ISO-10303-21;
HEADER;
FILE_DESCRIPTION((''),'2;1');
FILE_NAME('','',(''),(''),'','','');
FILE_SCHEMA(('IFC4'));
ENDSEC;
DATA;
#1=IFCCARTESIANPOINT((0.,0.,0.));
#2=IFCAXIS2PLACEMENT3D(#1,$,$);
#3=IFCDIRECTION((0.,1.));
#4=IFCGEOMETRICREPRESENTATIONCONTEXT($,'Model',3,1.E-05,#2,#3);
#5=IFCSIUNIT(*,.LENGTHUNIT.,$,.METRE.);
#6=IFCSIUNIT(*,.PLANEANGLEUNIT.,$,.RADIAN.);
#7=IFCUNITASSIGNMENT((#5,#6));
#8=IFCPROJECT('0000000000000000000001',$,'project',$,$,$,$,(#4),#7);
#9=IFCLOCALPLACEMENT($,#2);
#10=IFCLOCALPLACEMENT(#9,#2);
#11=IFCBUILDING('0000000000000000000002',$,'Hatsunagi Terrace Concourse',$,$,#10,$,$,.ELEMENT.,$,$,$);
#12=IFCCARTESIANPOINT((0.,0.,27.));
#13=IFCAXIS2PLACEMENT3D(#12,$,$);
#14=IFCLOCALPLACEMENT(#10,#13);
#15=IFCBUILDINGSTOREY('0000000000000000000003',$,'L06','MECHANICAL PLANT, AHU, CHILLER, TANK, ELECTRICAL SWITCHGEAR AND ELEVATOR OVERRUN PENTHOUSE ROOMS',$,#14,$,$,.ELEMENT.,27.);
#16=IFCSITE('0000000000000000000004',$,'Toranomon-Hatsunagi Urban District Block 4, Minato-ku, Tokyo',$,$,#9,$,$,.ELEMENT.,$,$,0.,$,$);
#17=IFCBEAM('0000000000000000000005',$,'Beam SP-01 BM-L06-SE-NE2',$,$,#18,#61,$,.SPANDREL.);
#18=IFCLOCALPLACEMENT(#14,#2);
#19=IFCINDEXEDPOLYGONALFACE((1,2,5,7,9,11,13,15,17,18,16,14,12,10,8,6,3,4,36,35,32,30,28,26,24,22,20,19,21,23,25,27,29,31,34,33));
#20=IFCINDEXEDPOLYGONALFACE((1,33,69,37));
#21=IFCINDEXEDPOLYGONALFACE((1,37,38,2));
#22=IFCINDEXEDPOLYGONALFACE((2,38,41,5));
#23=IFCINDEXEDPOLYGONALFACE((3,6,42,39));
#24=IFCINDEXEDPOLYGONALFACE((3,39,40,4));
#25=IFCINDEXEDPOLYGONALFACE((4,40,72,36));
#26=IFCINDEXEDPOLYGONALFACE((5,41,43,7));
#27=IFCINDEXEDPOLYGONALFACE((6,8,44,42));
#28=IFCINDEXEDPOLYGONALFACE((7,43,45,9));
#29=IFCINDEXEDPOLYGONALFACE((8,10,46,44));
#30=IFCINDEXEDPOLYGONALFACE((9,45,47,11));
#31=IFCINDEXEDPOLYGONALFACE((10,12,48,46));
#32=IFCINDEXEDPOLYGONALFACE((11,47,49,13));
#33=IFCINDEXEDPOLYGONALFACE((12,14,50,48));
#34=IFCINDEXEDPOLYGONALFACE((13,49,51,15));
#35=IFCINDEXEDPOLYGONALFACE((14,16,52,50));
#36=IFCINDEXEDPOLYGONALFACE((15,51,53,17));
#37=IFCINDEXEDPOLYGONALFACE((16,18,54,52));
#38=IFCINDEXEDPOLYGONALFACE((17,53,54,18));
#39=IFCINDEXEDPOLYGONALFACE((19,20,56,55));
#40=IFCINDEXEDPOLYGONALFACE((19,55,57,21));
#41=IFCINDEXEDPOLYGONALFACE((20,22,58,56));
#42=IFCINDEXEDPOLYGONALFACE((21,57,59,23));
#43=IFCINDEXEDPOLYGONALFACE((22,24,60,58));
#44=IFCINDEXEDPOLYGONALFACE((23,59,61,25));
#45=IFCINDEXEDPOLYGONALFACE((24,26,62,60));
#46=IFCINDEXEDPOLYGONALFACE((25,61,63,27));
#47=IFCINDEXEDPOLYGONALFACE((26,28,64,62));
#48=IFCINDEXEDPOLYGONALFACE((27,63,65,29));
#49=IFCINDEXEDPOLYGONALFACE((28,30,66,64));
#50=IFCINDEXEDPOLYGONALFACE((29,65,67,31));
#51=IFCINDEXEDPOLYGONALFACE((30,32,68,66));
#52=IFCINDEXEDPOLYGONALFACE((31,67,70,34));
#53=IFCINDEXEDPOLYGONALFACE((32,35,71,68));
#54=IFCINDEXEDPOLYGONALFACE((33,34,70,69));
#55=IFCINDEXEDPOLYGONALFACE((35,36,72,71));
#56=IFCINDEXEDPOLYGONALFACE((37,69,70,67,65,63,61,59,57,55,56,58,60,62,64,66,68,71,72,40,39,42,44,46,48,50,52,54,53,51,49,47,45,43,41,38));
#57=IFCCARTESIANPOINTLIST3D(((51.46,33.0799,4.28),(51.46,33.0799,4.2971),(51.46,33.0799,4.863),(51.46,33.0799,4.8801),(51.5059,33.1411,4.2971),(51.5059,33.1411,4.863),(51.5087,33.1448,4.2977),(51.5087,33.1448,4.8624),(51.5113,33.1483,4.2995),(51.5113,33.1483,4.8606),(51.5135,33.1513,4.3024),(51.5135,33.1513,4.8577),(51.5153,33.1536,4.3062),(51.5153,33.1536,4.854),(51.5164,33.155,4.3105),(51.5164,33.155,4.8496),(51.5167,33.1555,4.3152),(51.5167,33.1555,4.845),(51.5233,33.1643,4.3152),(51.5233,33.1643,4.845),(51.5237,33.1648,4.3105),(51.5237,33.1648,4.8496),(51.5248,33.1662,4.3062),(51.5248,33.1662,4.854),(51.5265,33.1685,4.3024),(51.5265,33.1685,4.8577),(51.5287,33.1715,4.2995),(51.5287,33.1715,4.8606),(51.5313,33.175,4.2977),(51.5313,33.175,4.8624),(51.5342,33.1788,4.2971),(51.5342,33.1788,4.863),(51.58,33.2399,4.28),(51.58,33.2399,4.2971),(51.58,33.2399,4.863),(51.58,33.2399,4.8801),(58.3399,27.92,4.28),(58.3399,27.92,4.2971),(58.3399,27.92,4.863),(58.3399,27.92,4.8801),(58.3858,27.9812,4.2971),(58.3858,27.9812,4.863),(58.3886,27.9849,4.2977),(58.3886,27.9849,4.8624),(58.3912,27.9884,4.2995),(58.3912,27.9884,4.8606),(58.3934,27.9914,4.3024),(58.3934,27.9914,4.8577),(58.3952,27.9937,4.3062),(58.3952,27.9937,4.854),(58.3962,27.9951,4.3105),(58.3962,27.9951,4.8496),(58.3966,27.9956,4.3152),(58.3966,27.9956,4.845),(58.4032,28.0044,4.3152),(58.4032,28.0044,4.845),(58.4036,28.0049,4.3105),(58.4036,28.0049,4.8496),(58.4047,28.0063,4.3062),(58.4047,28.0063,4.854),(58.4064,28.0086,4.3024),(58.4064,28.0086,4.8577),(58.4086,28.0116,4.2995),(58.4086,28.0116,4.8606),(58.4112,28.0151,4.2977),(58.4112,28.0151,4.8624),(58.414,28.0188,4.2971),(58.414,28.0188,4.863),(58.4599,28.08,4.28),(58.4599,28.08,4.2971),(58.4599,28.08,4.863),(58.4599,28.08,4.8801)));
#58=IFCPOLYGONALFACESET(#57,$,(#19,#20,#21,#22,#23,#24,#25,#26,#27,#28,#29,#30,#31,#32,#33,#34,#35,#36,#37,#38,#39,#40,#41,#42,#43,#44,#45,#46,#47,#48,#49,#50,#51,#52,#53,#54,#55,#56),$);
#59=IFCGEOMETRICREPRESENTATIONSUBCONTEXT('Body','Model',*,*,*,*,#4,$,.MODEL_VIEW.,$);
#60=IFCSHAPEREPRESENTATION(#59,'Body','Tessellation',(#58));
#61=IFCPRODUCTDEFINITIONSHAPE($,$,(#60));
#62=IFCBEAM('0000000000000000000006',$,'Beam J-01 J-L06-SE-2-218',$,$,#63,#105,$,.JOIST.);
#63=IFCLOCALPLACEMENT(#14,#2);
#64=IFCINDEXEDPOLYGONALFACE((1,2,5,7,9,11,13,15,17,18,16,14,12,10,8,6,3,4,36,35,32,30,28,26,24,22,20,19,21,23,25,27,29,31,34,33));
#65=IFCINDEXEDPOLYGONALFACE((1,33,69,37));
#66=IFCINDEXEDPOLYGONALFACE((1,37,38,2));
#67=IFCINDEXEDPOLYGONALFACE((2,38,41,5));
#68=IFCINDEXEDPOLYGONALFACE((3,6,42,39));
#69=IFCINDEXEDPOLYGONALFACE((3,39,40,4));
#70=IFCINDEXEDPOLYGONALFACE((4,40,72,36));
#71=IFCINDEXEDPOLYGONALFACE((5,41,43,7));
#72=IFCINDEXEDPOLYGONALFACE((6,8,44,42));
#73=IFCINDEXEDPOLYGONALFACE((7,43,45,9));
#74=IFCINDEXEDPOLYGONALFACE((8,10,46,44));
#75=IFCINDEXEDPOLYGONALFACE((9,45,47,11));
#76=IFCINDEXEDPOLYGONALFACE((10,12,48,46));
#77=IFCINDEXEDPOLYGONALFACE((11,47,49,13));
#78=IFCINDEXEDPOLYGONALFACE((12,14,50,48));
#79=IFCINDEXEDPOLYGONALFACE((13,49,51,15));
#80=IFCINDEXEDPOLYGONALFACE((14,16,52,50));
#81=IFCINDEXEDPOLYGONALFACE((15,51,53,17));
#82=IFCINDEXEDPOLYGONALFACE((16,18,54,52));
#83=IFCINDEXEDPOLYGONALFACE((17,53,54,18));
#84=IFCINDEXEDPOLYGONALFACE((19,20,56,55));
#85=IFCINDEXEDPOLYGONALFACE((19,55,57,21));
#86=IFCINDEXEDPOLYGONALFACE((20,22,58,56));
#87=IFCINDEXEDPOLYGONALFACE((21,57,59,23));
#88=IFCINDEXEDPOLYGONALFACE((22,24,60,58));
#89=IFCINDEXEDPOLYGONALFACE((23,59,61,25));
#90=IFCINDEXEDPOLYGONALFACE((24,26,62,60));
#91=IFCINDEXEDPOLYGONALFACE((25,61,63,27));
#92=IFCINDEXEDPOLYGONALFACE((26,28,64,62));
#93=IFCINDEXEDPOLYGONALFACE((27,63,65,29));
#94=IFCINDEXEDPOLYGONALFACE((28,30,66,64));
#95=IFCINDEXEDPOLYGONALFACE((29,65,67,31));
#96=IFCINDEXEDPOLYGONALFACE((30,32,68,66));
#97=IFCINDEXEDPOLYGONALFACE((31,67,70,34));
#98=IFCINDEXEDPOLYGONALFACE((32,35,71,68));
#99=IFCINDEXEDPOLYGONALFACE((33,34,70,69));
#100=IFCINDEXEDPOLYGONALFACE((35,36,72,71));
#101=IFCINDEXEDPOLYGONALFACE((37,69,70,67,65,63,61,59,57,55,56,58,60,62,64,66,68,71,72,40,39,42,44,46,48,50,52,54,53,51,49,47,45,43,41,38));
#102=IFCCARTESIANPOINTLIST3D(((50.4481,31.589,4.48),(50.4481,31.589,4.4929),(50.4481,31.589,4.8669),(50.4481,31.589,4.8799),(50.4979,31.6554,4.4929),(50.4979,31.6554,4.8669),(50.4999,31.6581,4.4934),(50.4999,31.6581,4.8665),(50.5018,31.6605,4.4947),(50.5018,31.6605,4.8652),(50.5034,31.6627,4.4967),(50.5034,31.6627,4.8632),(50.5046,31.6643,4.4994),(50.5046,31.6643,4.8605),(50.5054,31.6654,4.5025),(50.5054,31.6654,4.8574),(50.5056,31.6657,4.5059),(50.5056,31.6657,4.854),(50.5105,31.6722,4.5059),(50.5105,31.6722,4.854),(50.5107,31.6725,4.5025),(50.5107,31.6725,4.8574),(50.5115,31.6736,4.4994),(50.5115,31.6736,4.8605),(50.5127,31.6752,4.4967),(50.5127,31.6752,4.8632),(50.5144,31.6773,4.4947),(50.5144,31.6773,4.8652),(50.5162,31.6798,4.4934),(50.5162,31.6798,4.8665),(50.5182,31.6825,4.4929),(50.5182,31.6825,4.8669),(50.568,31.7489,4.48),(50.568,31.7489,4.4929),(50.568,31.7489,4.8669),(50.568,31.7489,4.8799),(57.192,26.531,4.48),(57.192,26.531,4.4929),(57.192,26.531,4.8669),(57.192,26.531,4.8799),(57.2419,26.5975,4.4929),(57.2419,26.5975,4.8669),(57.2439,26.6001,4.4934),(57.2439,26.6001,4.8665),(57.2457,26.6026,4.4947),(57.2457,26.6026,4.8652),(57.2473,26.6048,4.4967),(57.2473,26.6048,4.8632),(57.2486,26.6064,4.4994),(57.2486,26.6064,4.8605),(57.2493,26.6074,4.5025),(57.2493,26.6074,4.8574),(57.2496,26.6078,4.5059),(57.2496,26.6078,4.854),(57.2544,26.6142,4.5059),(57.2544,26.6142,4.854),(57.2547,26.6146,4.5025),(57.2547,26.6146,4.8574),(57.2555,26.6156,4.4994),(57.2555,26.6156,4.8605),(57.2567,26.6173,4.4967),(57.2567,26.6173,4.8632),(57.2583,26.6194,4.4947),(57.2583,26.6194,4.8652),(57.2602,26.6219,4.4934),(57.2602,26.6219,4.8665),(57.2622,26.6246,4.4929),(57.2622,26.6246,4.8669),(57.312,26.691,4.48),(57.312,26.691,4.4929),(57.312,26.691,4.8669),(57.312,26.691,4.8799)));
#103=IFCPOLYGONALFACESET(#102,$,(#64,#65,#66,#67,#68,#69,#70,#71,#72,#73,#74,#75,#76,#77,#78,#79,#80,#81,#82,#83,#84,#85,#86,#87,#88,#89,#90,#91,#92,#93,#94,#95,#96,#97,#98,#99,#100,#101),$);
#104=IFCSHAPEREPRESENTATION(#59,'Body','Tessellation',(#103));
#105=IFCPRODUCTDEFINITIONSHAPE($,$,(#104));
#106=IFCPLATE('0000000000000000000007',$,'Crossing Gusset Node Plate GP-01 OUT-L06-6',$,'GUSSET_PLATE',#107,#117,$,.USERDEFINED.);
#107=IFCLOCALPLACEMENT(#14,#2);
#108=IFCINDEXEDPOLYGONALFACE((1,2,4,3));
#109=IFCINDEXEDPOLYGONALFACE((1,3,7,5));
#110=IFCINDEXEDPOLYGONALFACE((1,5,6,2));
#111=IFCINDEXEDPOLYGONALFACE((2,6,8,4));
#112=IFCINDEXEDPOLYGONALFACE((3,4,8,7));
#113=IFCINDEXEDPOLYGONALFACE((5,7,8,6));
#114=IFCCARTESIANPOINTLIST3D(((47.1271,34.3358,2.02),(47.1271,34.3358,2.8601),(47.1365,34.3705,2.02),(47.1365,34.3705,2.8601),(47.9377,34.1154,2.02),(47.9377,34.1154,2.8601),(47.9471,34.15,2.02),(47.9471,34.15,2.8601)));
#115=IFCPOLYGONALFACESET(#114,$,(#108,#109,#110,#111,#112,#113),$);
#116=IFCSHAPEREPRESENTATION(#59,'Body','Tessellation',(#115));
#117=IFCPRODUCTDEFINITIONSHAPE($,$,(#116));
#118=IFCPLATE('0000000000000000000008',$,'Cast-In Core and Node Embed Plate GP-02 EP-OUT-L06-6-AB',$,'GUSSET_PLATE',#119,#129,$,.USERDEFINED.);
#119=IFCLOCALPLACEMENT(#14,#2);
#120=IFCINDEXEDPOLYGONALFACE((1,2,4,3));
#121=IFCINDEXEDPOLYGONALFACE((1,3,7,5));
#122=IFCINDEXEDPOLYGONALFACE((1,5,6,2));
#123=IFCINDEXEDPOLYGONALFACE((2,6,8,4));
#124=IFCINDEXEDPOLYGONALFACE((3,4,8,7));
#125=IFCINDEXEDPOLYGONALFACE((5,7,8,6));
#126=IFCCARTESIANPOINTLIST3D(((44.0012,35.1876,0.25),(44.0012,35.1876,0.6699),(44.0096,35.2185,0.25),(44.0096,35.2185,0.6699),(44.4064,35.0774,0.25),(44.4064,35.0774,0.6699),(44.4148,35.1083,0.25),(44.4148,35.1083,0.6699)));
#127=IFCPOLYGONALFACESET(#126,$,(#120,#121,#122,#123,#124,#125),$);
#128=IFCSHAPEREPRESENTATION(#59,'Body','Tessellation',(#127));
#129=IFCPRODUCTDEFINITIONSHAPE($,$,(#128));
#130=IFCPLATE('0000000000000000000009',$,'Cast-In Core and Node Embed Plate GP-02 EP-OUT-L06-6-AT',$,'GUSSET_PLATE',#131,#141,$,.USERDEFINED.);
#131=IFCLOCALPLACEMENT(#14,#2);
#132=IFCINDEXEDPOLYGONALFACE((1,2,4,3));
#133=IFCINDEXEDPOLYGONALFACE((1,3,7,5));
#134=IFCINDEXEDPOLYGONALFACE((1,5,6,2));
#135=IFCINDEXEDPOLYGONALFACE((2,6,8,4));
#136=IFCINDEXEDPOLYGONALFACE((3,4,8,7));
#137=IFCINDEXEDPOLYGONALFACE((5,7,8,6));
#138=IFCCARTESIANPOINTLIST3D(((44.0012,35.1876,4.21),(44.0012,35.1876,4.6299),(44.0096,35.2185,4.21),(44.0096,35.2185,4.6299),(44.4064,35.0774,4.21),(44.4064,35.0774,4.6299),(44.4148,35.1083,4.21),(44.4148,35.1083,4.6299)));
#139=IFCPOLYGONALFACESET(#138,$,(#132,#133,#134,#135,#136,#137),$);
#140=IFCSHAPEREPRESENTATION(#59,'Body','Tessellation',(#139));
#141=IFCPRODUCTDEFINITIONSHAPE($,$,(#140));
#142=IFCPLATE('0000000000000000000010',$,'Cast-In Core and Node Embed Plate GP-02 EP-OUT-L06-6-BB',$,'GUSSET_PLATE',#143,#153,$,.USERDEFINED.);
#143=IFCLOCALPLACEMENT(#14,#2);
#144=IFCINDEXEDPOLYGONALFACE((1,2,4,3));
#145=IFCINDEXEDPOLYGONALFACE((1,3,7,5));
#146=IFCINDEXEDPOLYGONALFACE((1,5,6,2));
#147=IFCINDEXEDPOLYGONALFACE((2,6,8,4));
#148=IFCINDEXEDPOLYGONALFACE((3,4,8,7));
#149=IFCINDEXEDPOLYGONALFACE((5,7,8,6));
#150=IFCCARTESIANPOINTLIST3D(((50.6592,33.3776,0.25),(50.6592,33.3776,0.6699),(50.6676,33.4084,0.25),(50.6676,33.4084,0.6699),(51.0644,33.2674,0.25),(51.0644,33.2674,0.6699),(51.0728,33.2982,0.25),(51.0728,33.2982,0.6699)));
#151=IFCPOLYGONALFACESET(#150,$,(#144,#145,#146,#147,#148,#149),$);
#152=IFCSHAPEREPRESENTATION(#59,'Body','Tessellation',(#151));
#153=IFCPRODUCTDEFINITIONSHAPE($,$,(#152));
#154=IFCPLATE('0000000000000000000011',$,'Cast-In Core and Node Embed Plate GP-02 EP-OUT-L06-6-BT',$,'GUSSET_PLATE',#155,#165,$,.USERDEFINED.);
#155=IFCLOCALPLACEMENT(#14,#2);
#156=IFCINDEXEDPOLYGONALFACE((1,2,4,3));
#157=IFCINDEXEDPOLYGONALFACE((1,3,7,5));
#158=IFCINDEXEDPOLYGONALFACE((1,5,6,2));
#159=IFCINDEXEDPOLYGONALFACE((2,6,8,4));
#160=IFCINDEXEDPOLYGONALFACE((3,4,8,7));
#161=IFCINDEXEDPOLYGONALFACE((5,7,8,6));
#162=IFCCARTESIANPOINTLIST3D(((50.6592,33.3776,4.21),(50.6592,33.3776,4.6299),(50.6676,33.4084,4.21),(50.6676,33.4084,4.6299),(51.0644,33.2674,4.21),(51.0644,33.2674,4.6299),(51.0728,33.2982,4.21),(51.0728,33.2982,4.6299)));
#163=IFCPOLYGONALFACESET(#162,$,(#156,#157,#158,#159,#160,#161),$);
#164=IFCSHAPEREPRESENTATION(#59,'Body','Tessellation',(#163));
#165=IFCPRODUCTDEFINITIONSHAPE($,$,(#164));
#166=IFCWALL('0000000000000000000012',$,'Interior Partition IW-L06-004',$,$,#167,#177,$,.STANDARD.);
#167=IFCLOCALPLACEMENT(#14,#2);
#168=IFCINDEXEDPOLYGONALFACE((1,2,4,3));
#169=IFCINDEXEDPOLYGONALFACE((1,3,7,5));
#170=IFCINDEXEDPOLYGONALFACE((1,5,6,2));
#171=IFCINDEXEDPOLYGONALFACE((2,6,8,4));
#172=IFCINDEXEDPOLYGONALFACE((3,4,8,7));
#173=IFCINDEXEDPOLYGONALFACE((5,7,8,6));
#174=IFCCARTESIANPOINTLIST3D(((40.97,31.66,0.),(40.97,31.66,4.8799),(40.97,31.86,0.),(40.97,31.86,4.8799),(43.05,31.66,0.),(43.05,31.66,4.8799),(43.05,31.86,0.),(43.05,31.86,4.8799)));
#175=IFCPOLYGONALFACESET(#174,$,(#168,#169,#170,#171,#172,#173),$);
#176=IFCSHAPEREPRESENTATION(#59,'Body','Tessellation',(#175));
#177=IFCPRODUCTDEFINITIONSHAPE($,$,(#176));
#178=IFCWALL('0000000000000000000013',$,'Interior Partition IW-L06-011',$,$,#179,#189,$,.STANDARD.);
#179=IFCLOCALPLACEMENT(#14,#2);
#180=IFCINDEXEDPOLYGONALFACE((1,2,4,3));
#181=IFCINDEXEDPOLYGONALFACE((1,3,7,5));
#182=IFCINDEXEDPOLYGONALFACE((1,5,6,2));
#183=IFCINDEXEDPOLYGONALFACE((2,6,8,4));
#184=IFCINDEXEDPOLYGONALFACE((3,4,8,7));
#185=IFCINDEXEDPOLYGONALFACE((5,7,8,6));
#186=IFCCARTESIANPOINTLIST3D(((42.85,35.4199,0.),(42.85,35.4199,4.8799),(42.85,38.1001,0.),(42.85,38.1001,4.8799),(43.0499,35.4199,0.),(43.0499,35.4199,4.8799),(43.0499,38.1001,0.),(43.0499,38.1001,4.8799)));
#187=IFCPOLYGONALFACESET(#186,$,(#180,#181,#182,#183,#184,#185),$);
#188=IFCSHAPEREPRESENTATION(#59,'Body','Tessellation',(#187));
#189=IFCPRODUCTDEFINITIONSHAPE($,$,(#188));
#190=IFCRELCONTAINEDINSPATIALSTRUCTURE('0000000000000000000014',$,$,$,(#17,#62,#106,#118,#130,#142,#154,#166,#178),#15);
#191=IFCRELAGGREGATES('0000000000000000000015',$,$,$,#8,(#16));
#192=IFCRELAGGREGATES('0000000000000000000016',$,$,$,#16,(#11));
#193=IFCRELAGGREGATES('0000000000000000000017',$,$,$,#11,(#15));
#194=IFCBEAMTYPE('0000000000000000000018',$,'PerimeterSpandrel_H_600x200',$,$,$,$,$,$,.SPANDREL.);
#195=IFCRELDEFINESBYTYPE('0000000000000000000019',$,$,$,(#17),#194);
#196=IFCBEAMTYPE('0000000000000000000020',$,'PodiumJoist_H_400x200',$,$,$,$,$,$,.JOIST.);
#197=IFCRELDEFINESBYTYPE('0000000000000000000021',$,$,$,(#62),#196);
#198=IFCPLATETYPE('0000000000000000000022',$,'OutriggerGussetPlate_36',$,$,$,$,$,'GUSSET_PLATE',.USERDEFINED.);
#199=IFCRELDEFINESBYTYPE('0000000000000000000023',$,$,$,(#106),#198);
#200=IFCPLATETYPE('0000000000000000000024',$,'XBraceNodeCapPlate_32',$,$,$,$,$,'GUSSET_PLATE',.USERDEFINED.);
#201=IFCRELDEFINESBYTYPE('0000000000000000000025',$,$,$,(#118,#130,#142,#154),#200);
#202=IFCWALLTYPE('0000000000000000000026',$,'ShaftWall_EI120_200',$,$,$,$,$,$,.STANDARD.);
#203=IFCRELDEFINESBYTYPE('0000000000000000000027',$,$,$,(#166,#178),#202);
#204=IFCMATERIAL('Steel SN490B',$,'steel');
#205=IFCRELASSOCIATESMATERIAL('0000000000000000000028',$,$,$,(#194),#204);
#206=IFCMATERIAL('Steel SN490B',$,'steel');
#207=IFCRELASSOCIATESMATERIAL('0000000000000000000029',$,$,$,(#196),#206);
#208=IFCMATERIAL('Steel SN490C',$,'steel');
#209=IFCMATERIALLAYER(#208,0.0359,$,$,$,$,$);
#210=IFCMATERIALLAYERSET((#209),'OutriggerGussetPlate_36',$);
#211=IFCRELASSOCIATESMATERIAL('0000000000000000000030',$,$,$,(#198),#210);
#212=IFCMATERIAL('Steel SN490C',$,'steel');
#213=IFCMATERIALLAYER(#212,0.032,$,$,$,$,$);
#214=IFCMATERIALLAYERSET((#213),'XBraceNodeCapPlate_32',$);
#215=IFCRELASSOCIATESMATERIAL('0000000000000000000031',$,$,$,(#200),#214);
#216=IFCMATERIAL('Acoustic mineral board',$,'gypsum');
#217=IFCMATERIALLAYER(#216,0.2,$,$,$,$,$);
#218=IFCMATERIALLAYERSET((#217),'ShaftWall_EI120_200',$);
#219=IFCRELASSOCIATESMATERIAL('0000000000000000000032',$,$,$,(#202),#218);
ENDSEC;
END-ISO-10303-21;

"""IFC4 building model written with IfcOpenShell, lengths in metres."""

from ifc_helpers import new_model, si_unit, direction, frame, frame_2d, origin, origin_2d, place, context, subcontext, project, spatial, rectangle, i_section, extrude, material, layer, layer_set, material_profile, profile_set, type_object, element, save


model = new_model("IFC4")

# Units and contexts
model_context = context("Model", 3, precision=1e-05, world=origin(), true_north=direction((0.0, 1.0)))
body_context = subcontext(model_context, "Body", "Model", "MODEL_VIEW")
ifc_project = project(units=[si_unit("LENGTHUNIT", "METRE"), si_unit("PLANEANGLEUNIT", "RADIAN")], contexts=[model_context])

# Site, building, storey
site_placement = place(None, origin())
site = spatial("IfcSite", under=ifc_project, at=site_placement, Name="Toranomon-Hatsunagi Urban District Block 4, Minato-ku, Tokyo", CompositionType="ELEMENT", RefElevation=0.0)
building_placement = place(site_placement, origin())
building = spatial("IfcBuilding", under=site, at=building_placement, Name="Hatsunagi Terrace Concourse", CompositionType="ELEMENT")
storey_placement = place(building_placement, frame((0.0, 0.0, 27.0)))
storey = spatial("IfcBuildingStorey", under=building, at=storey_placement, Name="L06", Description="MECHANICAL PLANT, AHU, CHILLER, TANK, ELECTRICAL SWITCHGEAR AND ELEVATOR OVERRUN PENTHOUSE ROOMS", CompositionType="ELEMENT", Elevation=27.0)

# Beams
ifc_material_1 = material(Name="Steel SN490B", Category="steel")
ifc_material_profile_1 = material_profile(ifc_material_1, i_section(OverallWidth=0.2, OverallDepth=0.6001, WebThickness=0.011, FlangeThickness=0.0171, FilletRadius=0.0181, at=origin_2d()), Name="H-600x200x11x17")
ifc_profile_set_1 = profile_set([ifc_material_profile_1], Name="Steel SN490B")
beam_type_1 = type_object("IfcBeamType", Name="PerimeterSpandrel_H_600x200", PredefinedType="SPANDREL", material=ifc_profile_set_1)
beam_1_placement = place(storey_placement, frame((51.52, 33.1599, 4.5801), z_axis=(0.8, -0.6, 0.0), x_axis=(0.6, 0.8, 0.0)))
element("IfcBeam", 1, at=beam_1_placement, inside=storey, type_object=beam_type_1, Name="Beam SP-01 BM-L06-SE-NE2", PredefinedType="SPANDREL", context=body_context, shape_type="SweptSolid", body=[
    extrude(i_section(OverallWidth=0.2, OverallDepth=0.6001, WebThickness=0.011, FlangeThickness=0.0171, FilletRadius=0.0181, at=origin_2d()), origin(), (0.0, 0.0, 1.0), 8.5999),
])
ifc_material_2 = material(Name="Steel SN490B", Category="steel")
ifc_material_profile_2 = material_profile(ifc_material_2, i_section(OverallWidth=0.2, OverallDepth=0.3999, WebThickness=0.0081, FlangeThickness=0.0129, FilletRadius=0.0129, at=origin_2d()), Name="H-400x200x8x13")
ifc_profile_set_2 = profile_set([ifc_material_profile_2], Name="Steel SN490B")
beam_type_2 = type_object("IfcBeamType", Name="PodiumJoist_H_400x200", PredefinedType="JOIST", material=ifc_profile_set_2)
beam_2_placement = place(storey_placement, frame((50.5081, 31.6689, 4.6799), z_axis=(0.800003, -0.599995, 0.0), x_axis=(0.599995, 0.800003, 0.0)))
element("IfcBeam", 2, at=beam_2_placement, inside=storey, type_object=beam_type_2, Name="Beam J-01 J-L06-SE-2-218", PredefinedType="JOIST", context=body_context, shape_type="SweptSolid", body=[
    extrude(i_section(OverallWidth=0.2, OverallDepth=0.3999, WebThickness=0.0081, FlangeThickness=0.0129, FilletRadius=0.0129, at=origin_2d()), origin(), (0.0, 0.0, 1.0), 8.4299),
])

# Plates
ifc_material_3 = material(Name="Steel SN490C", Category="steel")
ifc_layer_1 = layer(ifc_material_3, 0.0359)
ifc_layer_set_1 = layer_set([ifc_layer_1], Name="OutriggerGussetPlate_36")
plate_type_1 = type_object("IfcPlateType", Name="OutriggerGussetPlate_36", ElementType="GUSSET_PLATE", PredefinedType="USERDEFINED", material=ifc_layer_set_1)
plate_placement = place(storey_placement, frame((47.5371, 34.2429, 2.02), z_axis=(0.0, 0.0, 1.0), x_axis=(0.964962, -0.262391, 0.0)))
element("IfcPlate", 3, at=plate_placement, inside=storey, type_object=plate_type_1, Name="Crossing Gusset Node Plate GP-01 OUT-L06-6", ObjectType="GUSSET_PLATE", PredefinedType="USERDEFINED", context=body_context, shape_type="SweptSolid", body=[
    extrude(rectangle(XDim=0.8401, YDim=0.0359, at=origin_2d()), origin(), (0.0, 0.0, 1.0), 0.8401),
])
ifc_material_4 = material(Name="Steel SN490C", Category="steel")
ifc_layer_2 = layer(ifc_material_4, 0.032)
ifc_layer_set_2 = layer_set([ifc_layer_2], Name="XBraceNodeCapPlate_32")
plate_type_2 = type_object("IfcPlateType", Name="XBraceNodeCapPlate_32", ElementType="GUSSET_PLATE", PredefinedType="USERDEFINED", material=ifc_layer_set_2)
for number, where, z_axis, x_axis, name in (
    (4, (44.208, 35.1479, 0.25), (0.0, 0.0, 1.0), (0.964962, -0.262391, 0.0), "Cast-In Core and Node Embed Plate GP-02 EP-OUT-L06-6-AB"),
    (5, (44.208, 35.1479, 4.21), (0.0, 0.0, 1.0), (0.964962, -0.262391, 0.0), "Cast-In Core and Node Embed Plate GP-02 EP-OUT-L06-6-AT"),
    (6, (50.866, 33.3379, 0.25), (0.0, 0.0, 1.0), (0.964962, -0.262391, 0.0), "Cast-In Core and Node Embed Plate GP-02 EP-OUT-L06-6-BB"),
    (7, (50.866, 33.3379, 4.21), (0.0, 0.0, 1.0), (0.964962, -0.262391, 0.0), "Cast-In Core and Node Embed Plate GP-02 EP-OUT-L06-6-BT"),
):
    element("IfcPlate", number, at=place(storey_placement, frame(where, z_axis=z_axis, x_axis=x_axis)), inside=storey, type_object=plate_type_2, Name=name, ObjectType="GUSSET_PLATE", PredefinedType="USERDEFINED", context=body_context, shape_type="SweptSolid", body=[
        extrude(rectangle(XDim=0.4199, YDim=0.032, at=origin_2d()), origin(), (0.0, 0.0, 1.0), 0.4199),
    ])

# Walls
ifc_material_5 = material(Name="Acoustic mineral board", Category="gypsum")
ifc_layer_3 = layer(ifc_material_5, 0.2)
ifc_layer_set_3 = layer_set([ifc_layer_3], Name="ShaftWall_EI120_200")
wall_type_1 = type_object("IfcWallType", Name="ShaftWall_EI120_200", PredefinedType="STANDARD", material=ifc_layer_set_3)
wall_1_placement = place(storey_placement, frame((40.97, 31.76, 0.0), z_axis=(0.0, 0.0, 1.0), x_axis=(1.0, 0.0, 0.0)))
element("IfcWall", 8, at=wall_1_placement, inside=storey, type_object=wall_type_1, Name="Interior Partition IW-L06-004", PredefinedType="STANDARD", context=body_context, shape_type="SweptSolid", body=[
    extrude(rectangle(XDim=2.0801, YDim=0.2, at=frame_2d((1.04, 0.0))), origin(), (0.0, 0.0, 1.0), 4.8799),
])
wall_2_placement = place(storey_placement, frame((42.95, 35.4199, 0.0), z_axis=(0.0, 0.0, 1.0), x_axis=(0.0, 1.0, 0.0)))
element("IfcWall", 9, at=wall_2_placement, inside=storey, type_object=wall_type_1, Name="Interior Partition IW-L06-011", PredefinedType="STANDARD", context=body_context, shape_type="SweptSolid", body=[
    extrude(rectangle(XDim=2.6802, YDim=0.2, at=frame_2d((1.3401, 0.0))), origin(), (0.0, 0.0, 1.0), 4.8799),
])

save(model, "model.ifc")
